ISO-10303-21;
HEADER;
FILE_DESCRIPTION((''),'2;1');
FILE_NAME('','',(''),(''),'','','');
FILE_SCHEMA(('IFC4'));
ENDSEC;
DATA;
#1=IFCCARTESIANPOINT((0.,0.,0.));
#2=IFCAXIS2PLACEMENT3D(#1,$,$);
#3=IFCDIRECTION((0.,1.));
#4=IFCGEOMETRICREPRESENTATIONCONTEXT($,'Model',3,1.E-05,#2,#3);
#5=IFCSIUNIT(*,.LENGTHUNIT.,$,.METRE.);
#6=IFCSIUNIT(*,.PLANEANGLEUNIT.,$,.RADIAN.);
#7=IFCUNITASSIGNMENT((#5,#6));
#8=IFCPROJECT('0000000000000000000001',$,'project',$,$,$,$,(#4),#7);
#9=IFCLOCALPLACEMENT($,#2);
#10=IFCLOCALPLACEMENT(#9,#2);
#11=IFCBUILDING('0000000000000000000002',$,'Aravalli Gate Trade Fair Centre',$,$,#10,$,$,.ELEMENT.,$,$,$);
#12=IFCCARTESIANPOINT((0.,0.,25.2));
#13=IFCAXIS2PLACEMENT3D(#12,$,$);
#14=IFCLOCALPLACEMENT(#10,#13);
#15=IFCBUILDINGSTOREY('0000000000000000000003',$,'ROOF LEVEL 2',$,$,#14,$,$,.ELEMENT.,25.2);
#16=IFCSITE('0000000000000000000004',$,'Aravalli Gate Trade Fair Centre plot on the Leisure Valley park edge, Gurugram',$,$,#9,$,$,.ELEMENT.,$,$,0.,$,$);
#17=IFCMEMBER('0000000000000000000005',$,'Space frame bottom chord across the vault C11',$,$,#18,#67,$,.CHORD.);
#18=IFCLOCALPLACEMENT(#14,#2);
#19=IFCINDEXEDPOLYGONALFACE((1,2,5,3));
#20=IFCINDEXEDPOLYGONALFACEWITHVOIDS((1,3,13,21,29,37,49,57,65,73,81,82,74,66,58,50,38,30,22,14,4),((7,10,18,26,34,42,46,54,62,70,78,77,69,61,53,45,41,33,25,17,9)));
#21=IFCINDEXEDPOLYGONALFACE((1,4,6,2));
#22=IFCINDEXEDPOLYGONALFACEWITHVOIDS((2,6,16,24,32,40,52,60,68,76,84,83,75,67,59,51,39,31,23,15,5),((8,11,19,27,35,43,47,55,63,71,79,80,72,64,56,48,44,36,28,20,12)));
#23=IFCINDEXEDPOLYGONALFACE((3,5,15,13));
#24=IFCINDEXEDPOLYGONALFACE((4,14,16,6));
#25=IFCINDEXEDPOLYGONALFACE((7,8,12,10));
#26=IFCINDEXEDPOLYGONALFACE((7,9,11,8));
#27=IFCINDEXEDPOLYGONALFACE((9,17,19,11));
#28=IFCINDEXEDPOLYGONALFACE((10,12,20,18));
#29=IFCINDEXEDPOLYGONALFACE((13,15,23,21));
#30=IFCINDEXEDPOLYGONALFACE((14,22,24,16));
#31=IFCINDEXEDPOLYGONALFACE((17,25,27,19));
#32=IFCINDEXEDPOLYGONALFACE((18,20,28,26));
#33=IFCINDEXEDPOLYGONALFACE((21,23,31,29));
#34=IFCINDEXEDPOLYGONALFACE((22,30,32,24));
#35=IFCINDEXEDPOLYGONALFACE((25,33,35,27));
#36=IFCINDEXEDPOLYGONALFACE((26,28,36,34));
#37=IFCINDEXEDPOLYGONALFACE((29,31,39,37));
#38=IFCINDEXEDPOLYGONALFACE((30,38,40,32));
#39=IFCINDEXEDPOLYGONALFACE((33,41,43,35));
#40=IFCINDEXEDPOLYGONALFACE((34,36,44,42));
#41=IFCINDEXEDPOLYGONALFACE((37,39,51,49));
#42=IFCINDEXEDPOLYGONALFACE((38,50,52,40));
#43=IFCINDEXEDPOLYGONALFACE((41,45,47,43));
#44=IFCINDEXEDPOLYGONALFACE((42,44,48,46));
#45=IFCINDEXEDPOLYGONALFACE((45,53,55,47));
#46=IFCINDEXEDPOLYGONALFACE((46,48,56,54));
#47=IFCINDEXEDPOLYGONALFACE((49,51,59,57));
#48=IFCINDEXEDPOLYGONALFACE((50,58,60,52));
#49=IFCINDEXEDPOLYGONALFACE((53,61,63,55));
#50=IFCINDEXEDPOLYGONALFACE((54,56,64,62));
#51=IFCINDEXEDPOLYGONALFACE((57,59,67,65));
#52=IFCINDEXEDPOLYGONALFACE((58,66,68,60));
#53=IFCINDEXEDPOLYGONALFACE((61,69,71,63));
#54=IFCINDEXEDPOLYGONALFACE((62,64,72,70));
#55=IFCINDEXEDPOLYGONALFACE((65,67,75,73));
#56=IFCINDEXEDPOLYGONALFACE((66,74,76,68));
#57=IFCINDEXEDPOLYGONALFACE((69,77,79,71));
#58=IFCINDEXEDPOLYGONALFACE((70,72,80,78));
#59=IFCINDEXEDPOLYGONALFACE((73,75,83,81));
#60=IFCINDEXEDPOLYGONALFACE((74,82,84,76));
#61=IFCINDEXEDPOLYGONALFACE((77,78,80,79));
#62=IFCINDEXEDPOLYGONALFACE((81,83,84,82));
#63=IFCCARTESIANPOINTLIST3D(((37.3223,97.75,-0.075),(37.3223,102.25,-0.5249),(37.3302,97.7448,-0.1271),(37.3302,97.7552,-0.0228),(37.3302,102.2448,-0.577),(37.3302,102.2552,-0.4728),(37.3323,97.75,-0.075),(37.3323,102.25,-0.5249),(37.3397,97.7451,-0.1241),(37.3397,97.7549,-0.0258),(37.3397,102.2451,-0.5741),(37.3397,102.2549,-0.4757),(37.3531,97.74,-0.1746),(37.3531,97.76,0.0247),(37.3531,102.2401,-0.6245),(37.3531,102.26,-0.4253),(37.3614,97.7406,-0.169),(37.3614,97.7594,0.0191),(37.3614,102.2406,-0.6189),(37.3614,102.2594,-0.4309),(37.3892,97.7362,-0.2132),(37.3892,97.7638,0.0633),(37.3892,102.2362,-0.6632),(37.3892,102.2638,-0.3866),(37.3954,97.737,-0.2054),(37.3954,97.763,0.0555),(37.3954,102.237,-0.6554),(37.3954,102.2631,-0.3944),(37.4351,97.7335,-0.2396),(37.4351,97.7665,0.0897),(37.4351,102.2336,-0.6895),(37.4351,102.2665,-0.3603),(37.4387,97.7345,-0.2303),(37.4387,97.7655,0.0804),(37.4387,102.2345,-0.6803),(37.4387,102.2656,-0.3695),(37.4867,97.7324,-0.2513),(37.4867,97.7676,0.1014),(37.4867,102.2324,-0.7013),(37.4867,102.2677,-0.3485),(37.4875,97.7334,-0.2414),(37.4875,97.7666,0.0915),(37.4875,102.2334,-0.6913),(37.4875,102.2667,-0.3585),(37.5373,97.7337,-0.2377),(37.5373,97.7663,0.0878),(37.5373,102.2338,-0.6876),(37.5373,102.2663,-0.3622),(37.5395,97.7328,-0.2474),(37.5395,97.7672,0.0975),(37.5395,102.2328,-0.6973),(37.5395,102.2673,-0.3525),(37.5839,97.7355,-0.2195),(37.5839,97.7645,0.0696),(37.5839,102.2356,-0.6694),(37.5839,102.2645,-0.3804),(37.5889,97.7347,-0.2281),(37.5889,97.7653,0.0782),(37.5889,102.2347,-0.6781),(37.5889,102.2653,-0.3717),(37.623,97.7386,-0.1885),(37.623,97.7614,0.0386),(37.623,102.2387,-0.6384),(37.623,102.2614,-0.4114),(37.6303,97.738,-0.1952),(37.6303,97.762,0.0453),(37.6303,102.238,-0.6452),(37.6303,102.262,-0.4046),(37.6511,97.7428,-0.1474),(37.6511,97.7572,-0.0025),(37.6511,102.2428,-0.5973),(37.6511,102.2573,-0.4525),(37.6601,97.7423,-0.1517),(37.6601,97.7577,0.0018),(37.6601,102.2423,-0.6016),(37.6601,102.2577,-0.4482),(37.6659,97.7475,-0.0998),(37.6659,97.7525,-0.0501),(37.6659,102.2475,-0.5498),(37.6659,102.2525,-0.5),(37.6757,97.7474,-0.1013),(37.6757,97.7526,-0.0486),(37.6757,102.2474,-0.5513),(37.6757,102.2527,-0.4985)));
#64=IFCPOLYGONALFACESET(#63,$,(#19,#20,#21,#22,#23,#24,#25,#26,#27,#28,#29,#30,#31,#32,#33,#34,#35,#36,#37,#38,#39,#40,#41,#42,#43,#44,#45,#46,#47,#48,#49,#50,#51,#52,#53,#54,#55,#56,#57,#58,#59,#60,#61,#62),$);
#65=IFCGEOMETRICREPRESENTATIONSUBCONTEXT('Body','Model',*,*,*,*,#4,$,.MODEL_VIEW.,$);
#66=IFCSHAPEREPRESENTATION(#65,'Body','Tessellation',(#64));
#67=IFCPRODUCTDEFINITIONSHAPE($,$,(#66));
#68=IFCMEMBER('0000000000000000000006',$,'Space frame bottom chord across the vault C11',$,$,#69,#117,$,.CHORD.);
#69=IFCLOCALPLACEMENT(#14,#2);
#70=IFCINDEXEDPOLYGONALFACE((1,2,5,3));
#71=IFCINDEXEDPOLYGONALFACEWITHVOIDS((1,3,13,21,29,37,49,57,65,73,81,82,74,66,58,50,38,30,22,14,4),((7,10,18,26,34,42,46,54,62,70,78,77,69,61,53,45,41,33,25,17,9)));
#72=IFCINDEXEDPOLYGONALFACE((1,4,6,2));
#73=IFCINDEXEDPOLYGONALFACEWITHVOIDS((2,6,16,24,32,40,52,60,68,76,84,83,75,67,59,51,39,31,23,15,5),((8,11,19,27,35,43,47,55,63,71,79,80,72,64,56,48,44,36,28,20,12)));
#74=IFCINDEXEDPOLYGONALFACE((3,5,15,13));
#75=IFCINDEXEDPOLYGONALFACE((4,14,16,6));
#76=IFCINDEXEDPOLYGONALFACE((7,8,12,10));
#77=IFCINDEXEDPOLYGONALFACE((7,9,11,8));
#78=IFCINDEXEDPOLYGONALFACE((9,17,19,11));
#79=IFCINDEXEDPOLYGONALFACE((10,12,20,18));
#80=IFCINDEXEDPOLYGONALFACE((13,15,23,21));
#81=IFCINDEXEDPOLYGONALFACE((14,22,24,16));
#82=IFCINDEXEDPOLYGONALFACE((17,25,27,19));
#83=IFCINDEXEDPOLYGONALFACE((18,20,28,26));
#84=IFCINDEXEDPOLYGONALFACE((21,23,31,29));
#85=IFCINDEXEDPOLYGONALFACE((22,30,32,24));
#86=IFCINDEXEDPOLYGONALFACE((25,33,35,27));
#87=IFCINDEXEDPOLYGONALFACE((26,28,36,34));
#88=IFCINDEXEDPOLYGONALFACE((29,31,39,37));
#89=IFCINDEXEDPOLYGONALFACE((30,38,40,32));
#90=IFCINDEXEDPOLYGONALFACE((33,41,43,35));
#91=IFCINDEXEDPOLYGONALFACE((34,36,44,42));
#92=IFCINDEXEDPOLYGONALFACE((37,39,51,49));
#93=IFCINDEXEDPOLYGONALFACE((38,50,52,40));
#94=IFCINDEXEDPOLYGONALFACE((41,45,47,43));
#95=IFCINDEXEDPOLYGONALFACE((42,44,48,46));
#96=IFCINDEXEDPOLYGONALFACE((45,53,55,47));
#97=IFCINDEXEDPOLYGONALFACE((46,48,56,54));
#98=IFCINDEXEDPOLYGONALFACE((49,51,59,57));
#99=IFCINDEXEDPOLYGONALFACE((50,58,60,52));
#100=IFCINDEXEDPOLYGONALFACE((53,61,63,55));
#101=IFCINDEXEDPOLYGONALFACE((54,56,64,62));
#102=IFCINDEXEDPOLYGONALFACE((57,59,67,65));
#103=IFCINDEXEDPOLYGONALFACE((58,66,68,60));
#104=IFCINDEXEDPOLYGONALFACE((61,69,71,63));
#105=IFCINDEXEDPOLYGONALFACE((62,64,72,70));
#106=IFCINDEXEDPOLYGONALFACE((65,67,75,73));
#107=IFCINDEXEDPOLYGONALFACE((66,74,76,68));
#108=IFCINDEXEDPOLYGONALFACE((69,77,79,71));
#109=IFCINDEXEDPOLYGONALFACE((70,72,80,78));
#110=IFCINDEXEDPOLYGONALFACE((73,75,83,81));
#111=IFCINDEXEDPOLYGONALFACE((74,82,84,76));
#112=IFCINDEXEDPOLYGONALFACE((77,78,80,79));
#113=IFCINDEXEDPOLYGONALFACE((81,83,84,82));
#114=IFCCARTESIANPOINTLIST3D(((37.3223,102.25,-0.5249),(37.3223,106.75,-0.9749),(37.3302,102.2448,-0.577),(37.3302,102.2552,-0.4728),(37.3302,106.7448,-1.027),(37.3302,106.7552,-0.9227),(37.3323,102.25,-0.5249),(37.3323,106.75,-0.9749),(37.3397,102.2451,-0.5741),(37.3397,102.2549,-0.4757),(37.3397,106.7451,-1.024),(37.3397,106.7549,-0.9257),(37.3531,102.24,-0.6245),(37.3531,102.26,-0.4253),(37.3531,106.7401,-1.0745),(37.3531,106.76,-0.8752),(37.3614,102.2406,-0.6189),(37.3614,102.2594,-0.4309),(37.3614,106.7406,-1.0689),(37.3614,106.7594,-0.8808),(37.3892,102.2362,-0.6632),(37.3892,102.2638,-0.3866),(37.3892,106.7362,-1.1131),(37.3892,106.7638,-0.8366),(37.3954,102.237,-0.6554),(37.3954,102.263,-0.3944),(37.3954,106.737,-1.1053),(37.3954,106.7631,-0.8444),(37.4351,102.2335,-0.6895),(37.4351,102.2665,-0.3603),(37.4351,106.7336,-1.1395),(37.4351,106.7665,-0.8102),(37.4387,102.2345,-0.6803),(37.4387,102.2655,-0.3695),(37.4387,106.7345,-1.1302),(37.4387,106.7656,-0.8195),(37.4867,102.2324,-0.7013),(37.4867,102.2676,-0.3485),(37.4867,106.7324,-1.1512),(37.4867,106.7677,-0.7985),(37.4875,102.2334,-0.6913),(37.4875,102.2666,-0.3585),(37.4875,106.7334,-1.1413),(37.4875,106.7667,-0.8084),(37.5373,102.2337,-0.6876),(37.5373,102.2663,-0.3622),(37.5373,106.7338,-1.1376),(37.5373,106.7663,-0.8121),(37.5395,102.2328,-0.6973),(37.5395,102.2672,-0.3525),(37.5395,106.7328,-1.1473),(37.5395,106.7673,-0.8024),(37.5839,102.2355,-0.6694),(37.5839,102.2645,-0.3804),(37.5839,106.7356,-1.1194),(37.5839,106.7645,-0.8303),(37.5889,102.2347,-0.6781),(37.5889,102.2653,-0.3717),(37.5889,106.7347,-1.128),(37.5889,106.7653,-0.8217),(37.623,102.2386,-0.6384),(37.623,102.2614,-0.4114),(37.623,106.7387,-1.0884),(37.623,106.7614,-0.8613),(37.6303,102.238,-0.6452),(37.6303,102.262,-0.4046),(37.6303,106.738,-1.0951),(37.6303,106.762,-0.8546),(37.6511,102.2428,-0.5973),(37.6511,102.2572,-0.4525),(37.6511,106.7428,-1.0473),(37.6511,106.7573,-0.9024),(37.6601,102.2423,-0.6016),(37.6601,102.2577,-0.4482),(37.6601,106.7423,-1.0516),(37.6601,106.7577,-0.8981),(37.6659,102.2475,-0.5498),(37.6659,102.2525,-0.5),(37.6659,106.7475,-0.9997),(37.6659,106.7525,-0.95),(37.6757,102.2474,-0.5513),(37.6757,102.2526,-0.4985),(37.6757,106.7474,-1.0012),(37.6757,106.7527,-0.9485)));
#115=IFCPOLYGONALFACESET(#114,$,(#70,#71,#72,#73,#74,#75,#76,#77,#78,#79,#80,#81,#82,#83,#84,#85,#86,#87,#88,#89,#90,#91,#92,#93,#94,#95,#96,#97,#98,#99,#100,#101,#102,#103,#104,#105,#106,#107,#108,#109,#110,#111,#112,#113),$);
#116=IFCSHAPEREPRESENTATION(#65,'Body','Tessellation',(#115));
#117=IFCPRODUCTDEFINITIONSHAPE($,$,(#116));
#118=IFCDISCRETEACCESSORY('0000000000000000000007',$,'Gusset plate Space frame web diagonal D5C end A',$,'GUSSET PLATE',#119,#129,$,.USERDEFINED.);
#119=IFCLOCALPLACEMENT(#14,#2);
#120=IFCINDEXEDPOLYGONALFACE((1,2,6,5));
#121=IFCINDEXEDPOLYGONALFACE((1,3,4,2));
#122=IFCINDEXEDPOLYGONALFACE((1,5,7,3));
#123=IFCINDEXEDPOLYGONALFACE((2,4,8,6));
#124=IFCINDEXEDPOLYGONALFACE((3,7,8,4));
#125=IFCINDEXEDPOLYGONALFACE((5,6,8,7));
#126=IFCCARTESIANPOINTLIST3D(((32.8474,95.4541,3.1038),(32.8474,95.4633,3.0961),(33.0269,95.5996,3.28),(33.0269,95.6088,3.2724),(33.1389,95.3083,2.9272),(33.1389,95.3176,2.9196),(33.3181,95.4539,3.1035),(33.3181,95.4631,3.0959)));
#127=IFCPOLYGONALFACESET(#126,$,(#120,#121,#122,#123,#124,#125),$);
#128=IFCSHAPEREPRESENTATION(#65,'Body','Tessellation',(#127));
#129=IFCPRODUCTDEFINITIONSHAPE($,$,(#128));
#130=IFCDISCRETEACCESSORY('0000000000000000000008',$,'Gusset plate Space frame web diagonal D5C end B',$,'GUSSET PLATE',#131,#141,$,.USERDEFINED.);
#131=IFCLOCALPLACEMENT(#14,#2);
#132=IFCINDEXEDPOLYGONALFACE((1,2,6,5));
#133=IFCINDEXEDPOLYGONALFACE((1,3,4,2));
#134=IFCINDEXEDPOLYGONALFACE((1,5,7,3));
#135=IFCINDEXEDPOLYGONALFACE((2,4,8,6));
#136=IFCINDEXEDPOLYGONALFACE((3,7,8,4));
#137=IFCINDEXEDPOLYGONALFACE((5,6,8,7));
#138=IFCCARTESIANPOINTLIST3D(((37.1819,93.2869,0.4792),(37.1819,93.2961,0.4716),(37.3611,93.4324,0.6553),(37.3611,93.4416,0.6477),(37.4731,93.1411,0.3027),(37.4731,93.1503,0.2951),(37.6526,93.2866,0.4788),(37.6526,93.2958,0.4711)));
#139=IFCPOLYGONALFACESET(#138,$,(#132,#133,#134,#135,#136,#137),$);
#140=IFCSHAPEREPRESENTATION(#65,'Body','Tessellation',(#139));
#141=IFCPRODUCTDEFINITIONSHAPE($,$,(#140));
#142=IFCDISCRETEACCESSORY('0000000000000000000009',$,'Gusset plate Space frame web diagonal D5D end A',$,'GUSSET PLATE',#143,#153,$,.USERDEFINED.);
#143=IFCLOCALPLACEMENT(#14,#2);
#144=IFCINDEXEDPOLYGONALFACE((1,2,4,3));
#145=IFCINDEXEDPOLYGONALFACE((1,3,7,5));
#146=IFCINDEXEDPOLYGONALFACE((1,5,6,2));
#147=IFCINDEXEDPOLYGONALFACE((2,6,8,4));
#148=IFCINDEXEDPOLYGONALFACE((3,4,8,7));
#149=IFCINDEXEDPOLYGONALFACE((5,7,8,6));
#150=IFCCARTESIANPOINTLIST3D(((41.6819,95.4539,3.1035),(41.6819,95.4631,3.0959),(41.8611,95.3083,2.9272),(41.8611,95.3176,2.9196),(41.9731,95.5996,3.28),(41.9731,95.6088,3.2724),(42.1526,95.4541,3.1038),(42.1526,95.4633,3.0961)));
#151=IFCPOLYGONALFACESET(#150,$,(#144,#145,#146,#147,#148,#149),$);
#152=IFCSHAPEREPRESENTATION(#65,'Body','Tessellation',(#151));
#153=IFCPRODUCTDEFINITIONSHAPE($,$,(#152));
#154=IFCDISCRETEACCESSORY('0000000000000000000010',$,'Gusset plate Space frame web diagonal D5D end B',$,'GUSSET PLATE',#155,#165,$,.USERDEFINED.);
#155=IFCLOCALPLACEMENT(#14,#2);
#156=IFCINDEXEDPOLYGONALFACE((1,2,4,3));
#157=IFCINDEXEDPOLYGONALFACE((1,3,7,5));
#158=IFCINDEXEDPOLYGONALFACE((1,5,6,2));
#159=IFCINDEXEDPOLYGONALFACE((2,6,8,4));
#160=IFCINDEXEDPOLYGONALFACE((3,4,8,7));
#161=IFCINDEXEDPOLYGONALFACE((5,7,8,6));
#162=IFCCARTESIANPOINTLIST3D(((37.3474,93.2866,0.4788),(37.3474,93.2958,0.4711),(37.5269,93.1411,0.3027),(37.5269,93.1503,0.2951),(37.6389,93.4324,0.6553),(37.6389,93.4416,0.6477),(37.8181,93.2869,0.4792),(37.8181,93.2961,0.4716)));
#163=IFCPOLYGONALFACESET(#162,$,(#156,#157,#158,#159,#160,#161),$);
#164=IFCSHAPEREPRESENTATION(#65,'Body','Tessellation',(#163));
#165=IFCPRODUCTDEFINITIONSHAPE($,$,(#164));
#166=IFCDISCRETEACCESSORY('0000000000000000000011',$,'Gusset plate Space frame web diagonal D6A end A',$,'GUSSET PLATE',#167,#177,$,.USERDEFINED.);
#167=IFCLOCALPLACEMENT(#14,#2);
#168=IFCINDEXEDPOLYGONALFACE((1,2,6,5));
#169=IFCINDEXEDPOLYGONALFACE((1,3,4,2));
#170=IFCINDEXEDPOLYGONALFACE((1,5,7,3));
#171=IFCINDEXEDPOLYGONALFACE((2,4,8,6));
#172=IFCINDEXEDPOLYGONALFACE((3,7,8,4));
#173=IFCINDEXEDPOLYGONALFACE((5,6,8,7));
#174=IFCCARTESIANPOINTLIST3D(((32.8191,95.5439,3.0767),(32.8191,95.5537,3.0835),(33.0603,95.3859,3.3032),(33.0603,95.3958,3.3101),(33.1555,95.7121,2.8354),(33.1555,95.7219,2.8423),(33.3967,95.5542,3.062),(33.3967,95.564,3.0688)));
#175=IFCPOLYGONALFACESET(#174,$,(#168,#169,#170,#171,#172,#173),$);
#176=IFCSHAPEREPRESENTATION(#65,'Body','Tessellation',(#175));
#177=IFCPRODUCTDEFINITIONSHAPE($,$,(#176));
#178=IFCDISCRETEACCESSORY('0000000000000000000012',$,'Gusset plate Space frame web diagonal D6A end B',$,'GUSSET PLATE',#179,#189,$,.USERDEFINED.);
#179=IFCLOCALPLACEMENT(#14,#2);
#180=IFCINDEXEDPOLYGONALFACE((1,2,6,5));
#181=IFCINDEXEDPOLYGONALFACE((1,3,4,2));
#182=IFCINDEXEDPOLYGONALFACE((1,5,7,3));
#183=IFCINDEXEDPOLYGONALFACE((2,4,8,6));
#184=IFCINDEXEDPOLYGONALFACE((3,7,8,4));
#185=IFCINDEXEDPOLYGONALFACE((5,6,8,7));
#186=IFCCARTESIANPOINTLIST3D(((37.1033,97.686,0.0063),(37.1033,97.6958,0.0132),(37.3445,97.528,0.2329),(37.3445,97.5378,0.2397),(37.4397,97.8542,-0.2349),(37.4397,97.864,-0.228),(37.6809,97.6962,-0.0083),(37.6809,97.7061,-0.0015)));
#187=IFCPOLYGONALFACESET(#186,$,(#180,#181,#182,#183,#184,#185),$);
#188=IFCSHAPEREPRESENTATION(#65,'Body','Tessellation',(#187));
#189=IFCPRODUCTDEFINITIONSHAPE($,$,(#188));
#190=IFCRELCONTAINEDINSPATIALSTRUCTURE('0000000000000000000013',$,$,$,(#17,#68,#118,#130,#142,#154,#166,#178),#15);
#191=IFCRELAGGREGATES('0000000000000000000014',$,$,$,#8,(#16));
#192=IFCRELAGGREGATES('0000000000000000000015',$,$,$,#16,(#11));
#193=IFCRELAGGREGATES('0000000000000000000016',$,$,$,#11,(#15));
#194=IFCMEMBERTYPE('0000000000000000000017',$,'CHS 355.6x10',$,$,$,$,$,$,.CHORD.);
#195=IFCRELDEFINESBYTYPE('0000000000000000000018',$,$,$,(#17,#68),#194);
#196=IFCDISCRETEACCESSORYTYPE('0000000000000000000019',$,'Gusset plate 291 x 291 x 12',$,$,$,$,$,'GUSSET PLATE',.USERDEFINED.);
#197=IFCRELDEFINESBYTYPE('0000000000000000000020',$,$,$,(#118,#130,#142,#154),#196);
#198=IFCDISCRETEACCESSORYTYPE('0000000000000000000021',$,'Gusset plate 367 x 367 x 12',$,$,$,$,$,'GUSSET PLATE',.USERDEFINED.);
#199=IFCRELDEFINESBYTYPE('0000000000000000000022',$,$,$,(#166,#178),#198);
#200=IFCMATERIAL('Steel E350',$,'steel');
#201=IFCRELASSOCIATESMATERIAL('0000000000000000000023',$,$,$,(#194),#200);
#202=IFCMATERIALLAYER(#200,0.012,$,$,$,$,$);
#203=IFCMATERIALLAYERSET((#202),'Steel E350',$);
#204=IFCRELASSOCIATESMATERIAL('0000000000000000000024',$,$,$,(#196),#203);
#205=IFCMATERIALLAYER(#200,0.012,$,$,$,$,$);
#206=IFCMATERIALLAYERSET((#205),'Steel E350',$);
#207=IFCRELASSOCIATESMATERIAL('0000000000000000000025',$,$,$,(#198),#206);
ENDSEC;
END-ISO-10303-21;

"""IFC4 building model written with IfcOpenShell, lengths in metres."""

from ifc_helpers import new_model, si_unit, direction, frame, origin, origin_2d, place, context, subcontext, project, spatial, polyline, hollow_circle, outline, extrude, material, layer, layer_set, material_profile, profile_set, type_object, element, save


model = new_model("IFC4")

# Units and contexts
model_context = context("Model", 3, precision=1e-05, world=origin(), true_north=direction((0.0, 1.0)))
body_context = subcontext(model_context, "Body", "Model", "MODEL_VIEW")
ifc_project = project(units=[si_unit("LENGTHUNIT", "METRE"), si_unit("PLANEANGLEUNIT", "RADIAN")], contexts=[model_context])

# Site, building, storey
site_placement = place(None, origin())
site = spatial("IfcSite", under=ifc_project, at=site_placement, Name="Aravalli Gate Trade Fair Centre plot on the Leisure Valley park edge, Gurugram", CompositionType="ELEMENT", RefElevation=0.0)
building_placement = place(site_placement, origin())
building = spatial("IfcBuilding", under=site, at=building_placement, Name="Aravalli Gate Trade Fair Centre", CompositionType="ELEMENT")
storey_placement = place(building_placement, frame((0.0, 0.0, 25.2)))
storey = spatial("IfcBuildingStorey", under=building, at=storey_placement, Name="ROOF LEVEL 2", CompositionType="ELEMENT", Elevation=25.2)

# Members
ifc_material = material(Name="Steel E350", Category="steel")
ifc_material_profile_1 = material_profile(ifc_material, hollow_circle(Radius=0.1777, WallThickness=0.01, at=origin_2d()), Name="CHS 355.6x10")
ifc_profile_set_1 = profile_set([ifc_material_profile_1], Name="Steel E350")
member_type_1 = type_object("IfcMemberType", Name="CHS 355.6x10", PredefinedType="CHORD", material=ifc_profile_set_1)
for number, where, z_axis, x_axis, name in (
    (1, (37.5, 97.75, -0.075), (0.0, 0.995038, -0.099493), (-1.0, 0.0, 0.0), "Space frame bottom chord across the vault C11"),
    (2, (37.5, 102.25, -0.5249), (0.0, 0.995038, -0.099493), (-1.0, 0.0, 0.0), "Space frame bottom chord across the vault C11"),
):
    element("IfcMember", number, at=place(storey_placement, frame(where, z_axis=z_axis, x_axis=x_axis)), inside=storey, type_object=member_type_1, Name=name, PredefinedType="CHORD", context=body_context, shape_type="SweptSolid", body=[
        extrude(hollow_circle(Radius=0.1777, WallThickness=0.01, at=origin_2d()), origin(), (0.0, 0.0, 1.0), 4.5225),
    ])

# Discrete accessories
ifc_layer_1 = layer(ifc_material, 0.012)
ifc_layer_set_1 = layer_set([ifc_layer_1], Name="Steel E350")
discrete_accessory_type_1 = type_object("IfcDiscreteAccessoryType", Name="Gusset plate 291 x 291 x 12", ElementType="GUSSET PLATE", PredefinedType="USERDEFINED", material=ifc_layer_set_1)
discrete_accessory_1_placement = place(storey_placement, frame((33.1389, 95.3083, 2.9272), z_axis=(-0.00007, -0.771155, 0.636648), x_axis=(-0.786484, 0.393242, 0.476238)))
element("IfcDiscreteAccessory", 3, at=discrete_accessory_1_placement, inside=storey, type_object=discrete_accessory_type_1, Name="Gusset plate Space frame web diagonal D5C end A", ObjectType="GUSSET PLATE", PredefinedType="USERDEFINED", context=body_context, shape_type="SweptSolid", body=[
    extrude(outline(polyline([(0.0, 0.0), (0.3706, 0.0), (0.3707, -0.2906), (0.0002, -0.2904), (0.0, 0.0)])), origin(), (0.0, 0.0, -1.0), 0.012),
])
discrete_accessory_2_placement = place(storey_placement, frame((37.1819, 93.2869, 0.4792), z_axis=(0.000261, -0.770887, 0.636972), x_axis=(0.786233, -0.393446, -0.476485)))
element("IfcDiscreteAccessory", 4, at=discrete_accessory_2_placement, inside=storey, type_object=discrete_accessory_type_1, Name="Gusset plate Space frame web diagonal D5C end B", ObjectType="GUSSET PLATE", PredefinedType="USERDEFINED", context=body_context, shape_type="SweptSolid", body=[
    extrude(outline(polyline([(0.0, 0.0), (0.3704, 0.0), (0.3704, 0.2904), (-0.0002, 0.2903), (0.0, 0.0)])), origin(), (0.0, 0.0, -1.0), 0.012),
])
discrete_accessory_3_placement = place(storey_placement, frame((41.6819, 95.4539, 3.1035), z_axis=(0.00007, -0.771155, 0.636648), x_axis=(0.786233, 0.393446, 0.476485)))
element("IfcDiscreteAccessory", 5, at=discrete_accessory_3_placement, inside=storey, type_object=discrete_accessory_type_1, Name="Gusset plate Space frame web diagonal D5D end A", ObjectType="GUSSET PLATE", PredefinedType="USERDEFINED", context=body_context, shape_type="SweptSolid", body=[
    extrude(outline(polyline([(0.0, 0.0), (0.3704, 0.0), (0.3703, -0.2906), (-0.0003, -0.2904), (0.0, 0.0)])), origin(), (0.0, 0.0, -1.0), 0.012),
])
discrete_accessory_4_placement = place(storey_placement, frame((37.6389, 93.4324, 0.6553), z_axis=(-0.000261, -0.770887, 0.636972), x_axis=(-0.786484, -0.393242, -0.476238)))
element("IfcDiscreteAccessory", 6, at=discrete_accessory_4_placement, inside=storey, type_object=discrete_accessory_type_1, Name="Gusset plate Space frame web diagonal D5D end B", ObjectType="GUSSET PLATE", PredefinedType="USERDEFINED", context=body_context, shape_type="SweptSolid", body=[
    extrude(outline(polyline([(0.0, 0.0), (0.3706, 0.0), (0.3706, 0.2904), (0.0001, 0.2903), (0.0, 0.0)])), origin(), (0.0, 0.0, -1.0), 0.012),
])
ifc_layer_2 = layer(ifc_material, 0.012)
ifc_layer_set_2 = layer_set([ifc_layer_2], Name="Steel E350")
discrete_accessory_type_2 = type_object("IfcDiscreteAccessoryType", Name="Gusset plate 367 x 367 x 12", ElementType="GUSSET PLATE", PredefinedType="USERDEFINED", material=ifc_layer_set_2)
discrete_accessory_5_placement = place(storey_placement, frame((33.1555, 95.7219, 2.8423), z_axis=(-0.000057, 0.820282, 0.57196), x_axis=(-0.75291, -0.376455, 0.539822)))
element("IfcDiscreteAccessory", 7, at=discrete_accessory_5_placement, inside=storey, type_object=discrete_accessory_type_2, Name="Gusset plate Space frame web diagonal D6A end A", ObjectType="GUSSET PLATE", PredefinedType="USERDEFINED", context=body_context, shape_type="SweptSolid", body=[
    extrude(outline(polyline([(0.0, 0.0), (0.4468, 0.0), (0.447, 0.3667), (0.0002, 0.3667), (0.0, 0.0)])), origin(), (0.0, 0.0, -1.0), 0.012),
])
discrete_accessory_6_placement = place(storey_placement, frame((37.1033, 97.6958, 0.0132), z_axis=(-0.000057, 0.820282, 0.57196), x_axis=(0.75291, 0.376455, -0.539822)))
element("IfcDiscreteAccessory", 8, at=discrete_accessory_6_placement, inside=storey, type_object=discrete_accessory_type_2, Name="Gusset plate Space frame web diagonal D6A end B", ObjectType="GUSSET PLATE", PredefinedType="USERDEFINED", context=body_context, shape_type="SweptSolid", body=[
    extrude(outline(polyline([(0.0, 0.0), (0.4468, 0.0), (0.4467, -0.3667), (-0.0002, -0.3667), (0.0, 0.0)])), origin(), (0.0, 0.0, -1.0), 0.012),
])

save(model, "model.ifc")
